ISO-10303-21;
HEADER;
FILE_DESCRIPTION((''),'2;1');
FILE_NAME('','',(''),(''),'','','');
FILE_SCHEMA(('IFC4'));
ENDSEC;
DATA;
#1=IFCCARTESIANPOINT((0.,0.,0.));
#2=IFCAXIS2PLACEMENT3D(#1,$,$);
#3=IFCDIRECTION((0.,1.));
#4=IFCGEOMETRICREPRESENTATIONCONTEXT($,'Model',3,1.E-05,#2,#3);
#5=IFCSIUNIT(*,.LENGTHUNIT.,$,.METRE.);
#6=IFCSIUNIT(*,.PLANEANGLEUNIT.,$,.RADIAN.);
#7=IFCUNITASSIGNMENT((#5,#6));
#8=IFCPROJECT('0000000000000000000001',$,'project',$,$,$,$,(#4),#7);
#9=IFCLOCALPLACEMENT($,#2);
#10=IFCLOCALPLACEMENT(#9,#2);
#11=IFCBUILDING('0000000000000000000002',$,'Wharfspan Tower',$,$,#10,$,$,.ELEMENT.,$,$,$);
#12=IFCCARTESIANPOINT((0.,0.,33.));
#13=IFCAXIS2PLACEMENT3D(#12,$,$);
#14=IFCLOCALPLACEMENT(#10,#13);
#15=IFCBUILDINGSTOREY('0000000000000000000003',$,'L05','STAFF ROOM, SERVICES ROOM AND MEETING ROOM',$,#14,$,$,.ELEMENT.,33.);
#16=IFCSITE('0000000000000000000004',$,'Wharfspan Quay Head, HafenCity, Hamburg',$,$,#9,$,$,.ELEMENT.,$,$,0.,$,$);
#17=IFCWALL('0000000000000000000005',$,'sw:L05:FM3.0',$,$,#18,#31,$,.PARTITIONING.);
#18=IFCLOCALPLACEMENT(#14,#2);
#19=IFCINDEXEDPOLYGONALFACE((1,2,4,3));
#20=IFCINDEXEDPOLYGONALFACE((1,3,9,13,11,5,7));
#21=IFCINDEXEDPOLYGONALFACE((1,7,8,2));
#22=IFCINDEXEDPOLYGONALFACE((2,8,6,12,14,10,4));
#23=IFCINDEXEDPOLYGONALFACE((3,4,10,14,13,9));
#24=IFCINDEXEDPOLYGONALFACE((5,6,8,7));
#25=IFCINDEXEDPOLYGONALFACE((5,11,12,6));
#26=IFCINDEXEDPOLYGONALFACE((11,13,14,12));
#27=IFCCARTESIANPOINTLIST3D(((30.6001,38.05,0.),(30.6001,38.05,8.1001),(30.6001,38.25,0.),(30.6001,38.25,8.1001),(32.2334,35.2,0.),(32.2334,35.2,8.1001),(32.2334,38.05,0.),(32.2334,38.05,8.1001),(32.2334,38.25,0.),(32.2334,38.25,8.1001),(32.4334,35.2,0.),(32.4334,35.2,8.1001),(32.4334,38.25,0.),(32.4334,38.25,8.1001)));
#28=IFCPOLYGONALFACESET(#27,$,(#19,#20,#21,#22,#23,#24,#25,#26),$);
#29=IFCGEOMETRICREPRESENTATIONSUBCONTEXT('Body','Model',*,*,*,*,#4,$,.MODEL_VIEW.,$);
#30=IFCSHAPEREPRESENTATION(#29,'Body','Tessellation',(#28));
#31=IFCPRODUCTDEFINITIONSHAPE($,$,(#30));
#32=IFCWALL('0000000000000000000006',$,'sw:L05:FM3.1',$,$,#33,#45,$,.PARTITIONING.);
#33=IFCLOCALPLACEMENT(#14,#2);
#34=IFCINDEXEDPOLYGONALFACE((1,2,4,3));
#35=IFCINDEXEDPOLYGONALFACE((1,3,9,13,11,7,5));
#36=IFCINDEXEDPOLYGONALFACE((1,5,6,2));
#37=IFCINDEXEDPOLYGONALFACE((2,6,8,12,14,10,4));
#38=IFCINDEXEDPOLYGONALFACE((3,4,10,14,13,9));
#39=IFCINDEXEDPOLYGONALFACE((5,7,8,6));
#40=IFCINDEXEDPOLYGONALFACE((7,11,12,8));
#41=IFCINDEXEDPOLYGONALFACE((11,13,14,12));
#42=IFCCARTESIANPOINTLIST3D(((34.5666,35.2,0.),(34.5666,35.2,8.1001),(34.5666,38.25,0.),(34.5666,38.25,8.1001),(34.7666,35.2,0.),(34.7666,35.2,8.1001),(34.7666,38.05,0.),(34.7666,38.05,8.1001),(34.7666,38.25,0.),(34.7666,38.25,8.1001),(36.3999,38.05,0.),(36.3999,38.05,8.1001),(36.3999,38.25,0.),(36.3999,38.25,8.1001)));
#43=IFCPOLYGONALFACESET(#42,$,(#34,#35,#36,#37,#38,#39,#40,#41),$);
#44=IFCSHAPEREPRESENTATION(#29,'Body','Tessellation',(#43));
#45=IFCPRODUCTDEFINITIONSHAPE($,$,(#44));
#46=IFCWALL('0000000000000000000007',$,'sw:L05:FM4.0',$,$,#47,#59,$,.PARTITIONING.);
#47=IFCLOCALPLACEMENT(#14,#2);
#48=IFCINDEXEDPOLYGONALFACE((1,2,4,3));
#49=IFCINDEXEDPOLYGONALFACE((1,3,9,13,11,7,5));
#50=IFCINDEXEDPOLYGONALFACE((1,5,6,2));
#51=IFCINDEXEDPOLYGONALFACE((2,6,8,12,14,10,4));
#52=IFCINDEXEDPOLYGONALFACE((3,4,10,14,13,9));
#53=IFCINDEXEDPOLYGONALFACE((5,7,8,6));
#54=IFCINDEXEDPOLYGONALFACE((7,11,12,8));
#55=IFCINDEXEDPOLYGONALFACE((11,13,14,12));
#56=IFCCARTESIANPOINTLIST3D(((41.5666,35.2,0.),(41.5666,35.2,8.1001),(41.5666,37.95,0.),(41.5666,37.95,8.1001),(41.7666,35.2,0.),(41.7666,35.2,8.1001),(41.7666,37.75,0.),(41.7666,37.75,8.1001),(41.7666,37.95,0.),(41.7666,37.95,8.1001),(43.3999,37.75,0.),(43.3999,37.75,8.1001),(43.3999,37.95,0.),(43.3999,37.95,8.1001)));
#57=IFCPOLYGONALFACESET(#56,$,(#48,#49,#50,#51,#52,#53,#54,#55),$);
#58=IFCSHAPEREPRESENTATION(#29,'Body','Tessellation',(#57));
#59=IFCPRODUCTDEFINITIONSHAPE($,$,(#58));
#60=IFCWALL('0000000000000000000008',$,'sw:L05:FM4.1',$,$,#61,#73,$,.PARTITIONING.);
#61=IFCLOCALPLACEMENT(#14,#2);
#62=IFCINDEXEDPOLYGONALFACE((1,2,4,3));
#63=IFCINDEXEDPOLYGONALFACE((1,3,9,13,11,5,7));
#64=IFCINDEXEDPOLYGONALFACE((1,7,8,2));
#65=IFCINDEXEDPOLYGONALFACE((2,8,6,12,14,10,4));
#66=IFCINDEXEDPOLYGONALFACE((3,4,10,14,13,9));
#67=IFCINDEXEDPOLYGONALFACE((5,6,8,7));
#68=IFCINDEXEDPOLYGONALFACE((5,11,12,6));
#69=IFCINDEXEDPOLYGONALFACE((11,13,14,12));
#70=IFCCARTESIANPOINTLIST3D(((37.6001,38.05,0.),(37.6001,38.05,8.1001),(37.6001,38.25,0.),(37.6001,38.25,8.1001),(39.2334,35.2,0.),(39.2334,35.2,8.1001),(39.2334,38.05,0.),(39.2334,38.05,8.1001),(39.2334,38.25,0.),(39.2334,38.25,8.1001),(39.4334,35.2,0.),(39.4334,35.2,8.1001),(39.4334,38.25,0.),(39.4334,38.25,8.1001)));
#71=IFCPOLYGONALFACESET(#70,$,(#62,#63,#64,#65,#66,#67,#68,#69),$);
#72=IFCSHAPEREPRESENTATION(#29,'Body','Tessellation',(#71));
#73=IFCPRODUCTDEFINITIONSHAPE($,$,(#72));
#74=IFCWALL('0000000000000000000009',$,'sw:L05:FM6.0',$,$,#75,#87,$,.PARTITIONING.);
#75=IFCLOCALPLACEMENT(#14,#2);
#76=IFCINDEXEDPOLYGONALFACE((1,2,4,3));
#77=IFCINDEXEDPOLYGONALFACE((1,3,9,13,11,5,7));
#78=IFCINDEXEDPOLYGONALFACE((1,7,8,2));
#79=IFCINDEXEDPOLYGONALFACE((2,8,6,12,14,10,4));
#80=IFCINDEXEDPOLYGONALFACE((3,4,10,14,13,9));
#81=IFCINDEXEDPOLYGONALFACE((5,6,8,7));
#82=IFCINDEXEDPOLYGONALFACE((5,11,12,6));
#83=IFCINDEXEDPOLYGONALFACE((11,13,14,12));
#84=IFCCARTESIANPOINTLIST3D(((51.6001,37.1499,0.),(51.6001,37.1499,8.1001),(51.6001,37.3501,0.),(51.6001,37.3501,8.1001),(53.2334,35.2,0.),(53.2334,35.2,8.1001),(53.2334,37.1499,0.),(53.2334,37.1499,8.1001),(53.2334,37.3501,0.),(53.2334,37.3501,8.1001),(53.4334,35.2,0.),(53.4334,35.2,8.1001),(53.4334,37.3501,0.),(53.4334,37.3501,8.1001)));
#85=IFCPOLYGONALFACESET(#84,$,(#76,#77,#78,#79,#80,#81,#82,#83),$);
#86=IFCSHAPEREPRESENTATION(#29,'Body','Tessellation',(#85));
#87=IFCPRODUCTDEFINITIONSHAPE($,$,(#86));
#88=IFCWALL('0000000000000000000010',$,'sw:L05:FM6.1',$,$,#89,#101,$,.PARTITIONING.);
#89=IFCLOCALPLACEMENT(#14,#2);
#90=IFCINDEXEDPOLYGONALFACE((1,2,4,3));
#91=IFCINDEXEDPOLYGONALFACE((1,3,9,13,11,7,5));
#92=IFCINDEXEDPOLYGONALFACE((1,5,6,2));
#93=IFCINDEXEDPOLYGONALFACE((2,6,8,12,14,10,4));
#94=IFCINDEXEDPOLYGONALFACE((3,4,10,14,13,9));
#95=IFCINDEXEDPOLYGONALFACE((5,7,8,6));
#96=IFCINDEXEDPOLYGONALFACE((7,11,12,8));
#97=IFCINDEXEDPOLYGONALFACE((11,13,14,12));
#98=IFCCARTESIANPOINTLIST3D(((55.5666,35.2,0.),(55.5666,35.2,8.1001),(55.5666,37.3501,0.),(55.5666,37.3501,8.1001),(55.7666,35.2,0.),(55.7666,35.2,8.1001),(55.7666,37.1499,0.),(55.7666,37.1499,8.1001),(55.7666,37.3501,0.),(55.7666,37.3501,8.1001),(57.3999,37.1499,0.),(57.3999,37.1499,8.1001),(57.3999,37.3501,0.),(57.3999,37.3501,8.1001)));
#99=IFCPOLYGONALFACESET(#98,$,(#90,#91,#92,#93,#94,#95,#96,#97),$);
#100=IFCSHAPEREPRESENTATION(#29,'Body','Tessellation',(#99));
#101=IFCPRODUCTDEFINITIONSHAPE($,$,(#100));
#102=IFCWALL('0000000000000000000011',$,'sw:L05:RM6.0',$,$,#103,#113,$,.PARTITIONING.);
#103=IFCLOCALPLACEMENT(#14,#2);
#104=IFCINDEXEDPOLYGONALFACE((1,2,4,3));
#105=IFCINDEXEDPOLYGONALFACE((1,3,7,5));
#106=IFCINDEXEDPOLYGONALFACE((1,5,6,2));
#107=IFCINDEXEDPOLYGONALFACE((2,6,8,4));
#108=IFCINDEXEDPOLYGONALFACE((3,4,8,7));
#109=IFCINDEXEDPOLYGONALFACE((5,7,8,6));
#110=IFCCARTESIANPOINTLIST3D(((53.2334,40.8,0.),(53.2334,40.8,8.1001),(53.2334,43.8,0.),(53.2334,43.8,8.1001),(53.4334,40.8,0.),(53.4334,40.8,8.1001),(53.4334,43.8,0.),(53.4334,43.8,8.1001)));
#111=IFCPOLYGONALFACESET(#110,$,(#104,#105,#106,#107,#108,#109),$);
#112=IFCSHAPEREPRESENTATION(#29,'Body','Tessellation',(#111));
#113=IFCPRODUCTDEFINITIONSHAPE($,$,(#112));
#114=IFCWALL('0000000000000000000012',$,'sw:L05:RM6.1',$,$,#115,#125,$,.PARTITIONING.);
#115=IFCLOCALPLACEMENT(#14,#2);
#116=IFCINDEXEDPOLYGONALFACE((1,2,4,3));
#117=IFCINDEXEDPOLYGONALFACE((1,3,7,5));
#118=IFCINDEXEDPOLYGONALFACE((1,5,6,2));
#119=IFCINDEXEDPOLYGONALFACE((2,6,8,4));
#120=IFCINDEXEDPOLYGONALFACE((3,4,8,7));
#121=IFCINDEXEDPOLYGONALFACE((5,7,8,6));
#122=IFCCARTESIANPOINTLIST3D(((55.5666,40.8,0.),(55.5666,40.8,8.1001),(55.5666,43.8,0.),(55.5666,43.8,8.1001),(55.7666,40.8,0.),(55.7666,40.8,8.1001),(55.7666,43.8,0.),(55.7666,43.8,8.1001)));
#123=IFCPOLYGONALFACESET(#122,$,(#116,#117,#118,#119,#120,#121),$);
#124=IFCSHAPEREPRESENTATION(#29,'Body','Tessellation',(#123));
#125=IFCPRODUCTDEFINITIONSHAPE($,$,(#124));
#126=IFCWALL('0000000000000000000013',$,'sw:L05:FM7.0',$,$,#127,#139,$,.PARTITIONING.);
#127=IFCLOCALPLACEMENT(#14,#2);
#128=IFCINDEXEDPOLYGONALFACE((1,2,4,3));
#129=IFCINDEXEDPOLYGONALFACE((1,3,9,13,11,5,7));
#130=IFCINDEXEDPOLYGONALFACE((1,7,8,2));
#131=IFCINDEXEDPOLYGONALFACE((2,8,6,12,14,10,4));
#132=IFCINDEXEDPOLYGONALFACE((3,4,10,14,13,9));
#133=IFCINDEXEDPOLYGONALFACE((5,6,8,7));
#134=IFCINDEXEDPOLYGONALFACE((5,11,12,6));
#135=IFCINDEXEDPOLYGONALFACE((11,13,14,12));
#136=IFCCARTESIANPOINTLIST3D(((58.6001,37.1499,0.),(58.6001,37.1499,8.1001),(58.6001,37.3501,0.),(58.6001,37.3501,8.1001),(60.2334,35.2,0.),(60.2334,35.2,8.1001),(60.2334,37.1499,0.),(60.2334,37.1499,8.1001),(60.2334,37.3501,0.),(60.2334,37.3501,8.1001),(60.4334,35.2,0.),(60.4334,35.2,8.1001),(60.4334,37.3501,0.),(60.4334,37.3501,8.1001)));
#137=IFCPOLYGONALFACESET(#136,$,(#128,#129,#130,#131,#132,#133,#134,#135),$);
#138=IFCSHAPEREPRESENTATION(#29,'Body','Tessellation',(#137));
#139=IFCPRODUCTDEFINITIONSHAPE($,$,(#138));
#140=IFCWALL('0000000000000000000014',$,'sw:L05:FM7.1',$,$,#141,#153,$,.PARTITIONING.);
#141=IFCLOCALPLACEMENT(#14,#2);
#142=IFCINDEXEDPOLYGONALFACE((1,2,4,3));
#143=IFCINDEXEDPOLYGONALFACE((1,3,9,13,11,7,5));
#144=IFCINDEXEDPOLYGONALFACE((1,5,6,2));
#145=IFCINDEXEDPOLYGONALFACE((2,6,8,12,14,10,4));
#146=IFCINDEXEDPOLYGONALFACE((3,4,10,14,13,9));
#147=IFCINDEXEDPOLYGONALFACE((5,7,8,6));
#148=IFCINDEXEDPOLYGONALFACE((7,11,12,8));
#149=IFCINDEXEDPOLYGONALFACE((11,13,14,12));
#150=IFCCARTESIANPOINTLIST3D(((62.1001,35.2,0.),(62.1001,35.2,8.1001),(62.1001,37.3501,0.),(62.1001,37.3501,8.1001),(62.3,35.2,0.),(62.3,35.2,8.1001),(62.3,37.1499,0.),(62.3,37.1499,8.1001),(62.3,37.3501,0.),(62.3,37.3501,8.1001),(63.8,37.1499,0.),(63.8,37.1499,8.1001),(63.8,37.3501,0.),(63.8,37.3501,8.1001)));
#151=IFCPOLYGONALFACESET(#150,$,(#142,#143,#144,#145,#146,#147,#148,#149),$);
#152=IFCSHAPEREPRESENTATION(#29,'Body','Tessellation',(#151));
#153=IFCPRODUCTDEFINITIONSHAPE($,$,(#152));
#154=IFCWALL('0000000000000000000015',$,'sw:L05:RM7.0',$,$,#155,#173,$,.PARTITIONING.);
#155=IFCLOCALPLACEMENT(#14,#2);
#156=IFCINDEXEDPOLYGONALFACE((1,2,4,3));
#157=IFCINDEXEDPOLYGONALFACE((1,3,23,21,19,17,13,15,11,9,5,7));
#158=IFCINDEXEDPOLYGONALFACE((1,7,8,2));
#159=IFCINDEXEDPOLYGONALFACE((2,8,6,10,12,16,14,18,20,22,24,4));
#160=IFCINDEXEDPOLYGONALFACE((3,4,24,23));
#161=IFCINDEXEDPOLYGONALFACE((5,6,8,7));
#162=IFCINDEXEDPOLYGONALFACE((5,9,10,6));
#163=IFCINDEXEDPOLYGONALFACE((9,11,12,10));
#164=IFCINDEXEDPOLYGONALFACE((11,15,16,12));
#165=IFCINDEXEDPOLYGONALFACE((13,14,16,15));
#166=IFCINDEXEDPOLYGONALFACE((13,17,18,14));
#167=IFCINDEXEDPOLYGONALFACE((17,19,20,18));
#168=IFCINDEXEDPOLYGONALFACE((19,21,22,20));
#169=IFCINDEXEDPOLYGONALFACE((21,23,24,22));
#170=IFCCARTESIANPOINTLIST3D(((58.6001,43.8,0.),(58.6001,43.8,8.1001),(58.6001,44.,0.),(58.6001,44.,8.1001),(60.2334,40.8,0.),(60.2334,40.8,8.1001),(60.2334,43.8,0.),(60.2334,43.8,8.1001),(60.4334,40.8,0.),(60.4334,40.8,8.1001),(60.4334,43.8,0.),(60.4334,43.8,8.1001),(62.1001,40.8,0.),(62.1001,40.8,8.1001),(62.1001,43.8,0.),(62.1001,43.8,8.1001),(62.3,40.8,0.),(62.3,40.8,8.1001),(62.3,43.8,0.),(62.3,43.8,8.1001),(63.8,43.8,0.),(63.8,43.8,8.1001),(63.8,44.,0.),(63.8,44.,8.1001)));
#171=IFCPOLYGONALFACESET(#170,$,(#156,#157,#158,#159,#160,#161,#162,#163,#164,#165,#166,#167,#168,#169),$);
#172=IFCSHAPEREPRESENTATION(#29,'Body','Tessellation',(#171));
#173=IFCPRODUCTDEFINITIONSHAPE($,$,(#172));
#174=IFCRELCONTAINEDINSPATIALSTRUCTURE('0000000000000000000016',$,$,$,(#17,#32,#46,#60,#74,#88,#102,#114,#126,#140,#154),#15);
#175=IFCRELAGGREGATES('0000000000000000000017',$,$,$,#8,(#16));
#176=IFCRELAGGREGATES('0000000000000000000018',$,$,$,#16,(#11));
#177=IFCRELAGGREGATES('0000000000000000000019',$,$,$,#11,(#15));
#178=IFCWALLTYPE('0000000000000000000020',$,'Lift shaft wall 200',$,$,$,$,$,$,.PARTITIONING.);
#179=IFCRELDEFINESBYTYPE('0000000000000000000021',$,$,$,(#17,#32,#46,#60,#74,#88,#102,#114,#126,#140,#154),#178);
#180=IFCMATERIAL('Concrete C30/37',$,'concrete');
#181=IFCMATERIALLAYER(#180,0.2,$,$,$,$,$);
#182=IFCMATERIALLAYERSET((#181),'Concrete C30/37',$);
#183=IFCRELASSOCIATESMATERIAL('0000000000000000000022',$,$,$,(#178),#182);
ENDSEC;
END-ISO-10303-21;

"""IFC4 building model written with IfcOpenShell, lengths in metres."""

from ifc_helpers import new_model, si_unit, direction, frame, origin, place, context, subcontext, project, spatial, polyline, outline, extrude, material, layer, layer_set, type_object, element, save


model = new_model("IFC4")

# Units and contexts
model_context = context("Model", 3, precision=1e-05, world=origin(), true_north=direction((0.0, 1.0)))
body_context = subcontext(model_context, "Body", "Model", "MODEL_VIEW")
ifc_project = project(units=[si_unit("LENGTHUNIT", "METRE"), si_unit("PLANEANGLEUNIT", "RADIAN")], contexts=[model_context])

# Site, building, storey
site_placement = place(None, origin())
site = spatial("IfcSite", under=ifc_project, at=site_placement, Name="Wharfspan Quay Head, HafenCity, Hamburg", CompositionType="ELEMENT", RefElevation=0.0)
building_placement = place(site_placement, origin())
building = spatial("IfcBuilding", under=site, at=building_placement, Name="Wharfspan Tower", CompositionType="ELEMENT")
storey_placement = place(building_placement, frame((0.0, 0.0, 33.0)))
storey = spatial("IfcBuildingStorey", under=building, at=storey_placement, Name="L05", Description="STAFF ROOM, SERVICES ROOM AND MEETING ROOM", CompositionType="ELEMENT", Elevation=33.0)

# Walls
ifc_material_1 = material(Name="Concrete C30/37", Category="concrete")
ifc_layer_1 = layer(ifc_material_1, 0.2)
ifc_layer_set_1 = layer_set([ifc_layer_1], Name="Concrete C30/37")
wall_type = type_object("IfcWallType", Name="Lift shaft wall 200", PredefinedType="PARTITIONING", material=ifc_layer_set_1)
wall_1_placement = place(storey_placement, origin())
element("IfcWall", 1, at=wall_1_placement, inside=storey, type_object=wall_type, Name="sw:L05:FM3.0", PredefinedType="PARTITIONING", context=body_context, shape_type="SweptSolid", body=[
    extrude(outline(polyline([(32.2334, 38.05), (30.6001, 38.05), (30.6001, 38.25), (32.2334, 38.25), (32.4333, 38.25), (32.4333, 35.2), (32.2334, 35.2), (32.2334, 38.05)])), origin(), (0.0, 0.0, 1.0), 8.1001),
])
wall_2_placement = place(storey_placement, origin())
element("IfcWall", 2, at=wall_2_placement, inside=storey, type_object=wall_type, Name="sw:L05:FM3.1", PredefinedType="PARTITIONING", context=body_context, shape_type="SweptSolid", body=[
    extrude(outline(polyline([(34.5667, 38.25), (34.7666, 38.25), (36.3999, 38.25), (36.3999, 38.05), (34.7666, 38.05), (34.7666, 35.2), (34.5667, 35.2), (34.5667, 38.25)])), origin(), (0.0, 0.0, 1.0), 8.1001),
])
wall_3_placement = place(storey_placement, origin())
element("IfcWall", 3, at=wall_3_placement, inside=storey, type_object=wall_type, Name="sw:L05:FM4.0", PredefinedType="PARTITIONING", context=body_context, shape_type="SweptSolid", body=[
    extrude(outline(polyline([(41.5667, 37.95), (41.7666, 37.95), (43.3999, 37.95), (43.3999, 37.75), (41.7666, 37.75), (41.7666, 35.2), (41.5667, 35.2), (41.5667, 37.95)])), origin(), (0.0, 0.0, 1.0), 8.1001),
])
wall_4_placement = place(storey_placement, origin())
element("IfcWall", 4, at=wall_4_placement, inside=storey, type_object=wall_type, Name="sw:L05:FM4.1", PredefinedType="PARTITIONING", context=body_context, shape_type="SweptSolid", body=[
    extrude(outline(polyline([(39.2334, 38.05), (37.6001, 38.05), (37.6001, 38.25), (39.2334, 38.25), (39.4333, 38.25), (39.4333, 35.2), (39.2334, 35.2), (39.2334, 38.05)])), origin(), (0.0, 0.0, 1.0), 8.1001),
])
wall_5_placement = place(storey_placement, origin())
element("IfcWall", 5, at=wall_5_placement, inside=storey, type_object=wall_type, Name="sw:L05:FM6.0", PredefinedType="PARTITIONING", context=body_context, shape_type="SweptSolid", body=[
    extrude(outline(polyline([(53.2334, 37.1499), (51.6001, 37.1499), (51.6001, 37.3501), (53.2334, 37.3501), (53.4333, 37.3501), (53.4333, 35.2), (53.2334, 35.2), (53.2334, 37.1499)])), origin(), (0.0, 0.0, 1.0), 8.1001),
])
wall_6_placement = place(storey_placement, origin())
element("IfcWall", 6, at=wall_6_placement, inside=storey, type_object=wall_type, Name="sw:L05:FM6.1", PredefinedType="PARTITIONING", context=body_context, shape_type="SweptSolid", body=[
    extrude(outline(polyline([(55.5667, 37.3501), (55.7666, 37.3501), (57.3999, 37.3501), (57.3999, 37.1499), (55.7666, 37.1499), (55.7666, 35.2), (55.5667, 35.2), (55.5667, 37.3501)])), origin(), (0.0, 0.0, 1.0), 8.1001),
])
wall_7_placement = place(storey_placement, origin())
element("IfcWall", 7, at=wall_7_placement, inside=storey, type_object=wall_type, Name="sw:L05:RM6.0", PredefinedType="PARTITIONING", context=body_context, shape_type="SweptSolid", body=[
    extrude(outline(polyline([(53.2334, 40.8), (53.2334, 43.8), (53.4333, 43.8), (53.4333, 40.8), (53.2334, 40.8)])), origin(), (0.0, 0.0, 1.0), 8.1001),
])
wall_8_placement = place(storey_placement, origin())
element("IfcWall", 8, at=wall_8_placement, inside=storey, type_object=wall_type, Name="sw:L05:RM6.1", PredefinedType="PARTITIONING", context=body_context, shape_type="SweptSolid", body=[
    extrude(outline(polyline([(55.5667, 40.8), (55.5667, 43.8), (55.7666, 43.8), (55.7666, 40.8), (55.5667, 40.8)])), origin(), (0.0, 0.0, 1.0), 8.1001),
])
wall_9_placement = place(storey_placement, origin())
element("IfcWall", 9, at=wall_9_placement, inside=storey, type_object=wall_type, Name="sw:L05:FM7.0", PredefinedType="PARTITIONING", context=body_context, shape_type="SweptSolid", body=[
    extrude(outline(polyline([(60.2334, 37.1499), (58.6001, 37.1499), (58.6001, 37.3501), (60.2334, 37.3501), (60.4333, 37.3501), (60.4333, 35.2), (60.2334, 35.2), (60.2334, 37.1499)])), origin(), (0.0, 0.0, 1.0), 8.1001),
])
wall_10_placement = place(storey_placement, origin())
element("IfcWall", 10, at=wall_10_placement, inside=storey, type_object=wall_type, Name="sw:L05:FM7.1", PredefinedType="PARTITIONING", context=body_context, shape_type="SweptSolid", body=[
    extrude(outline(polyline([(62.1001, 37.3501), (62.3, 37.3501), (63.8, 37.3501), (63.8, 37.1499), (62.3, 37.1499), (62.3, 35.2), (62.1001, 35.2), (62.1001, 37.3501)])), origin(), (0.0, 0.0, 1.0), 8.1001),
])
wall_11_placement = place(storey_placement, origin())
element("IfcWall", 11, at=wall_11_placement, inside=storey, type_object=wall_type, Name="sw:L05:RM7.0", PredefinedType="PARTITIONING", context=body_context, shape_type="SweptSolid", body=[
    extrude(outline(polyline([(60.4333, 40.8), (60.2334, 40.8), (60.2334, 43.8), (58.6001, 43.8), (58.6001, 44.0), (63.8, 44.0), (63.8, 43.8), (62.3, 43.8), (62.3, 40.8), (62.1001, 40.8), (62.1001, 43.8), (60.4333, 43.8), (60.4333, 40.8)])), origin(), (0.0, 0.0, 1.0), 8.1001),
])

save(model, "model.ifc")
